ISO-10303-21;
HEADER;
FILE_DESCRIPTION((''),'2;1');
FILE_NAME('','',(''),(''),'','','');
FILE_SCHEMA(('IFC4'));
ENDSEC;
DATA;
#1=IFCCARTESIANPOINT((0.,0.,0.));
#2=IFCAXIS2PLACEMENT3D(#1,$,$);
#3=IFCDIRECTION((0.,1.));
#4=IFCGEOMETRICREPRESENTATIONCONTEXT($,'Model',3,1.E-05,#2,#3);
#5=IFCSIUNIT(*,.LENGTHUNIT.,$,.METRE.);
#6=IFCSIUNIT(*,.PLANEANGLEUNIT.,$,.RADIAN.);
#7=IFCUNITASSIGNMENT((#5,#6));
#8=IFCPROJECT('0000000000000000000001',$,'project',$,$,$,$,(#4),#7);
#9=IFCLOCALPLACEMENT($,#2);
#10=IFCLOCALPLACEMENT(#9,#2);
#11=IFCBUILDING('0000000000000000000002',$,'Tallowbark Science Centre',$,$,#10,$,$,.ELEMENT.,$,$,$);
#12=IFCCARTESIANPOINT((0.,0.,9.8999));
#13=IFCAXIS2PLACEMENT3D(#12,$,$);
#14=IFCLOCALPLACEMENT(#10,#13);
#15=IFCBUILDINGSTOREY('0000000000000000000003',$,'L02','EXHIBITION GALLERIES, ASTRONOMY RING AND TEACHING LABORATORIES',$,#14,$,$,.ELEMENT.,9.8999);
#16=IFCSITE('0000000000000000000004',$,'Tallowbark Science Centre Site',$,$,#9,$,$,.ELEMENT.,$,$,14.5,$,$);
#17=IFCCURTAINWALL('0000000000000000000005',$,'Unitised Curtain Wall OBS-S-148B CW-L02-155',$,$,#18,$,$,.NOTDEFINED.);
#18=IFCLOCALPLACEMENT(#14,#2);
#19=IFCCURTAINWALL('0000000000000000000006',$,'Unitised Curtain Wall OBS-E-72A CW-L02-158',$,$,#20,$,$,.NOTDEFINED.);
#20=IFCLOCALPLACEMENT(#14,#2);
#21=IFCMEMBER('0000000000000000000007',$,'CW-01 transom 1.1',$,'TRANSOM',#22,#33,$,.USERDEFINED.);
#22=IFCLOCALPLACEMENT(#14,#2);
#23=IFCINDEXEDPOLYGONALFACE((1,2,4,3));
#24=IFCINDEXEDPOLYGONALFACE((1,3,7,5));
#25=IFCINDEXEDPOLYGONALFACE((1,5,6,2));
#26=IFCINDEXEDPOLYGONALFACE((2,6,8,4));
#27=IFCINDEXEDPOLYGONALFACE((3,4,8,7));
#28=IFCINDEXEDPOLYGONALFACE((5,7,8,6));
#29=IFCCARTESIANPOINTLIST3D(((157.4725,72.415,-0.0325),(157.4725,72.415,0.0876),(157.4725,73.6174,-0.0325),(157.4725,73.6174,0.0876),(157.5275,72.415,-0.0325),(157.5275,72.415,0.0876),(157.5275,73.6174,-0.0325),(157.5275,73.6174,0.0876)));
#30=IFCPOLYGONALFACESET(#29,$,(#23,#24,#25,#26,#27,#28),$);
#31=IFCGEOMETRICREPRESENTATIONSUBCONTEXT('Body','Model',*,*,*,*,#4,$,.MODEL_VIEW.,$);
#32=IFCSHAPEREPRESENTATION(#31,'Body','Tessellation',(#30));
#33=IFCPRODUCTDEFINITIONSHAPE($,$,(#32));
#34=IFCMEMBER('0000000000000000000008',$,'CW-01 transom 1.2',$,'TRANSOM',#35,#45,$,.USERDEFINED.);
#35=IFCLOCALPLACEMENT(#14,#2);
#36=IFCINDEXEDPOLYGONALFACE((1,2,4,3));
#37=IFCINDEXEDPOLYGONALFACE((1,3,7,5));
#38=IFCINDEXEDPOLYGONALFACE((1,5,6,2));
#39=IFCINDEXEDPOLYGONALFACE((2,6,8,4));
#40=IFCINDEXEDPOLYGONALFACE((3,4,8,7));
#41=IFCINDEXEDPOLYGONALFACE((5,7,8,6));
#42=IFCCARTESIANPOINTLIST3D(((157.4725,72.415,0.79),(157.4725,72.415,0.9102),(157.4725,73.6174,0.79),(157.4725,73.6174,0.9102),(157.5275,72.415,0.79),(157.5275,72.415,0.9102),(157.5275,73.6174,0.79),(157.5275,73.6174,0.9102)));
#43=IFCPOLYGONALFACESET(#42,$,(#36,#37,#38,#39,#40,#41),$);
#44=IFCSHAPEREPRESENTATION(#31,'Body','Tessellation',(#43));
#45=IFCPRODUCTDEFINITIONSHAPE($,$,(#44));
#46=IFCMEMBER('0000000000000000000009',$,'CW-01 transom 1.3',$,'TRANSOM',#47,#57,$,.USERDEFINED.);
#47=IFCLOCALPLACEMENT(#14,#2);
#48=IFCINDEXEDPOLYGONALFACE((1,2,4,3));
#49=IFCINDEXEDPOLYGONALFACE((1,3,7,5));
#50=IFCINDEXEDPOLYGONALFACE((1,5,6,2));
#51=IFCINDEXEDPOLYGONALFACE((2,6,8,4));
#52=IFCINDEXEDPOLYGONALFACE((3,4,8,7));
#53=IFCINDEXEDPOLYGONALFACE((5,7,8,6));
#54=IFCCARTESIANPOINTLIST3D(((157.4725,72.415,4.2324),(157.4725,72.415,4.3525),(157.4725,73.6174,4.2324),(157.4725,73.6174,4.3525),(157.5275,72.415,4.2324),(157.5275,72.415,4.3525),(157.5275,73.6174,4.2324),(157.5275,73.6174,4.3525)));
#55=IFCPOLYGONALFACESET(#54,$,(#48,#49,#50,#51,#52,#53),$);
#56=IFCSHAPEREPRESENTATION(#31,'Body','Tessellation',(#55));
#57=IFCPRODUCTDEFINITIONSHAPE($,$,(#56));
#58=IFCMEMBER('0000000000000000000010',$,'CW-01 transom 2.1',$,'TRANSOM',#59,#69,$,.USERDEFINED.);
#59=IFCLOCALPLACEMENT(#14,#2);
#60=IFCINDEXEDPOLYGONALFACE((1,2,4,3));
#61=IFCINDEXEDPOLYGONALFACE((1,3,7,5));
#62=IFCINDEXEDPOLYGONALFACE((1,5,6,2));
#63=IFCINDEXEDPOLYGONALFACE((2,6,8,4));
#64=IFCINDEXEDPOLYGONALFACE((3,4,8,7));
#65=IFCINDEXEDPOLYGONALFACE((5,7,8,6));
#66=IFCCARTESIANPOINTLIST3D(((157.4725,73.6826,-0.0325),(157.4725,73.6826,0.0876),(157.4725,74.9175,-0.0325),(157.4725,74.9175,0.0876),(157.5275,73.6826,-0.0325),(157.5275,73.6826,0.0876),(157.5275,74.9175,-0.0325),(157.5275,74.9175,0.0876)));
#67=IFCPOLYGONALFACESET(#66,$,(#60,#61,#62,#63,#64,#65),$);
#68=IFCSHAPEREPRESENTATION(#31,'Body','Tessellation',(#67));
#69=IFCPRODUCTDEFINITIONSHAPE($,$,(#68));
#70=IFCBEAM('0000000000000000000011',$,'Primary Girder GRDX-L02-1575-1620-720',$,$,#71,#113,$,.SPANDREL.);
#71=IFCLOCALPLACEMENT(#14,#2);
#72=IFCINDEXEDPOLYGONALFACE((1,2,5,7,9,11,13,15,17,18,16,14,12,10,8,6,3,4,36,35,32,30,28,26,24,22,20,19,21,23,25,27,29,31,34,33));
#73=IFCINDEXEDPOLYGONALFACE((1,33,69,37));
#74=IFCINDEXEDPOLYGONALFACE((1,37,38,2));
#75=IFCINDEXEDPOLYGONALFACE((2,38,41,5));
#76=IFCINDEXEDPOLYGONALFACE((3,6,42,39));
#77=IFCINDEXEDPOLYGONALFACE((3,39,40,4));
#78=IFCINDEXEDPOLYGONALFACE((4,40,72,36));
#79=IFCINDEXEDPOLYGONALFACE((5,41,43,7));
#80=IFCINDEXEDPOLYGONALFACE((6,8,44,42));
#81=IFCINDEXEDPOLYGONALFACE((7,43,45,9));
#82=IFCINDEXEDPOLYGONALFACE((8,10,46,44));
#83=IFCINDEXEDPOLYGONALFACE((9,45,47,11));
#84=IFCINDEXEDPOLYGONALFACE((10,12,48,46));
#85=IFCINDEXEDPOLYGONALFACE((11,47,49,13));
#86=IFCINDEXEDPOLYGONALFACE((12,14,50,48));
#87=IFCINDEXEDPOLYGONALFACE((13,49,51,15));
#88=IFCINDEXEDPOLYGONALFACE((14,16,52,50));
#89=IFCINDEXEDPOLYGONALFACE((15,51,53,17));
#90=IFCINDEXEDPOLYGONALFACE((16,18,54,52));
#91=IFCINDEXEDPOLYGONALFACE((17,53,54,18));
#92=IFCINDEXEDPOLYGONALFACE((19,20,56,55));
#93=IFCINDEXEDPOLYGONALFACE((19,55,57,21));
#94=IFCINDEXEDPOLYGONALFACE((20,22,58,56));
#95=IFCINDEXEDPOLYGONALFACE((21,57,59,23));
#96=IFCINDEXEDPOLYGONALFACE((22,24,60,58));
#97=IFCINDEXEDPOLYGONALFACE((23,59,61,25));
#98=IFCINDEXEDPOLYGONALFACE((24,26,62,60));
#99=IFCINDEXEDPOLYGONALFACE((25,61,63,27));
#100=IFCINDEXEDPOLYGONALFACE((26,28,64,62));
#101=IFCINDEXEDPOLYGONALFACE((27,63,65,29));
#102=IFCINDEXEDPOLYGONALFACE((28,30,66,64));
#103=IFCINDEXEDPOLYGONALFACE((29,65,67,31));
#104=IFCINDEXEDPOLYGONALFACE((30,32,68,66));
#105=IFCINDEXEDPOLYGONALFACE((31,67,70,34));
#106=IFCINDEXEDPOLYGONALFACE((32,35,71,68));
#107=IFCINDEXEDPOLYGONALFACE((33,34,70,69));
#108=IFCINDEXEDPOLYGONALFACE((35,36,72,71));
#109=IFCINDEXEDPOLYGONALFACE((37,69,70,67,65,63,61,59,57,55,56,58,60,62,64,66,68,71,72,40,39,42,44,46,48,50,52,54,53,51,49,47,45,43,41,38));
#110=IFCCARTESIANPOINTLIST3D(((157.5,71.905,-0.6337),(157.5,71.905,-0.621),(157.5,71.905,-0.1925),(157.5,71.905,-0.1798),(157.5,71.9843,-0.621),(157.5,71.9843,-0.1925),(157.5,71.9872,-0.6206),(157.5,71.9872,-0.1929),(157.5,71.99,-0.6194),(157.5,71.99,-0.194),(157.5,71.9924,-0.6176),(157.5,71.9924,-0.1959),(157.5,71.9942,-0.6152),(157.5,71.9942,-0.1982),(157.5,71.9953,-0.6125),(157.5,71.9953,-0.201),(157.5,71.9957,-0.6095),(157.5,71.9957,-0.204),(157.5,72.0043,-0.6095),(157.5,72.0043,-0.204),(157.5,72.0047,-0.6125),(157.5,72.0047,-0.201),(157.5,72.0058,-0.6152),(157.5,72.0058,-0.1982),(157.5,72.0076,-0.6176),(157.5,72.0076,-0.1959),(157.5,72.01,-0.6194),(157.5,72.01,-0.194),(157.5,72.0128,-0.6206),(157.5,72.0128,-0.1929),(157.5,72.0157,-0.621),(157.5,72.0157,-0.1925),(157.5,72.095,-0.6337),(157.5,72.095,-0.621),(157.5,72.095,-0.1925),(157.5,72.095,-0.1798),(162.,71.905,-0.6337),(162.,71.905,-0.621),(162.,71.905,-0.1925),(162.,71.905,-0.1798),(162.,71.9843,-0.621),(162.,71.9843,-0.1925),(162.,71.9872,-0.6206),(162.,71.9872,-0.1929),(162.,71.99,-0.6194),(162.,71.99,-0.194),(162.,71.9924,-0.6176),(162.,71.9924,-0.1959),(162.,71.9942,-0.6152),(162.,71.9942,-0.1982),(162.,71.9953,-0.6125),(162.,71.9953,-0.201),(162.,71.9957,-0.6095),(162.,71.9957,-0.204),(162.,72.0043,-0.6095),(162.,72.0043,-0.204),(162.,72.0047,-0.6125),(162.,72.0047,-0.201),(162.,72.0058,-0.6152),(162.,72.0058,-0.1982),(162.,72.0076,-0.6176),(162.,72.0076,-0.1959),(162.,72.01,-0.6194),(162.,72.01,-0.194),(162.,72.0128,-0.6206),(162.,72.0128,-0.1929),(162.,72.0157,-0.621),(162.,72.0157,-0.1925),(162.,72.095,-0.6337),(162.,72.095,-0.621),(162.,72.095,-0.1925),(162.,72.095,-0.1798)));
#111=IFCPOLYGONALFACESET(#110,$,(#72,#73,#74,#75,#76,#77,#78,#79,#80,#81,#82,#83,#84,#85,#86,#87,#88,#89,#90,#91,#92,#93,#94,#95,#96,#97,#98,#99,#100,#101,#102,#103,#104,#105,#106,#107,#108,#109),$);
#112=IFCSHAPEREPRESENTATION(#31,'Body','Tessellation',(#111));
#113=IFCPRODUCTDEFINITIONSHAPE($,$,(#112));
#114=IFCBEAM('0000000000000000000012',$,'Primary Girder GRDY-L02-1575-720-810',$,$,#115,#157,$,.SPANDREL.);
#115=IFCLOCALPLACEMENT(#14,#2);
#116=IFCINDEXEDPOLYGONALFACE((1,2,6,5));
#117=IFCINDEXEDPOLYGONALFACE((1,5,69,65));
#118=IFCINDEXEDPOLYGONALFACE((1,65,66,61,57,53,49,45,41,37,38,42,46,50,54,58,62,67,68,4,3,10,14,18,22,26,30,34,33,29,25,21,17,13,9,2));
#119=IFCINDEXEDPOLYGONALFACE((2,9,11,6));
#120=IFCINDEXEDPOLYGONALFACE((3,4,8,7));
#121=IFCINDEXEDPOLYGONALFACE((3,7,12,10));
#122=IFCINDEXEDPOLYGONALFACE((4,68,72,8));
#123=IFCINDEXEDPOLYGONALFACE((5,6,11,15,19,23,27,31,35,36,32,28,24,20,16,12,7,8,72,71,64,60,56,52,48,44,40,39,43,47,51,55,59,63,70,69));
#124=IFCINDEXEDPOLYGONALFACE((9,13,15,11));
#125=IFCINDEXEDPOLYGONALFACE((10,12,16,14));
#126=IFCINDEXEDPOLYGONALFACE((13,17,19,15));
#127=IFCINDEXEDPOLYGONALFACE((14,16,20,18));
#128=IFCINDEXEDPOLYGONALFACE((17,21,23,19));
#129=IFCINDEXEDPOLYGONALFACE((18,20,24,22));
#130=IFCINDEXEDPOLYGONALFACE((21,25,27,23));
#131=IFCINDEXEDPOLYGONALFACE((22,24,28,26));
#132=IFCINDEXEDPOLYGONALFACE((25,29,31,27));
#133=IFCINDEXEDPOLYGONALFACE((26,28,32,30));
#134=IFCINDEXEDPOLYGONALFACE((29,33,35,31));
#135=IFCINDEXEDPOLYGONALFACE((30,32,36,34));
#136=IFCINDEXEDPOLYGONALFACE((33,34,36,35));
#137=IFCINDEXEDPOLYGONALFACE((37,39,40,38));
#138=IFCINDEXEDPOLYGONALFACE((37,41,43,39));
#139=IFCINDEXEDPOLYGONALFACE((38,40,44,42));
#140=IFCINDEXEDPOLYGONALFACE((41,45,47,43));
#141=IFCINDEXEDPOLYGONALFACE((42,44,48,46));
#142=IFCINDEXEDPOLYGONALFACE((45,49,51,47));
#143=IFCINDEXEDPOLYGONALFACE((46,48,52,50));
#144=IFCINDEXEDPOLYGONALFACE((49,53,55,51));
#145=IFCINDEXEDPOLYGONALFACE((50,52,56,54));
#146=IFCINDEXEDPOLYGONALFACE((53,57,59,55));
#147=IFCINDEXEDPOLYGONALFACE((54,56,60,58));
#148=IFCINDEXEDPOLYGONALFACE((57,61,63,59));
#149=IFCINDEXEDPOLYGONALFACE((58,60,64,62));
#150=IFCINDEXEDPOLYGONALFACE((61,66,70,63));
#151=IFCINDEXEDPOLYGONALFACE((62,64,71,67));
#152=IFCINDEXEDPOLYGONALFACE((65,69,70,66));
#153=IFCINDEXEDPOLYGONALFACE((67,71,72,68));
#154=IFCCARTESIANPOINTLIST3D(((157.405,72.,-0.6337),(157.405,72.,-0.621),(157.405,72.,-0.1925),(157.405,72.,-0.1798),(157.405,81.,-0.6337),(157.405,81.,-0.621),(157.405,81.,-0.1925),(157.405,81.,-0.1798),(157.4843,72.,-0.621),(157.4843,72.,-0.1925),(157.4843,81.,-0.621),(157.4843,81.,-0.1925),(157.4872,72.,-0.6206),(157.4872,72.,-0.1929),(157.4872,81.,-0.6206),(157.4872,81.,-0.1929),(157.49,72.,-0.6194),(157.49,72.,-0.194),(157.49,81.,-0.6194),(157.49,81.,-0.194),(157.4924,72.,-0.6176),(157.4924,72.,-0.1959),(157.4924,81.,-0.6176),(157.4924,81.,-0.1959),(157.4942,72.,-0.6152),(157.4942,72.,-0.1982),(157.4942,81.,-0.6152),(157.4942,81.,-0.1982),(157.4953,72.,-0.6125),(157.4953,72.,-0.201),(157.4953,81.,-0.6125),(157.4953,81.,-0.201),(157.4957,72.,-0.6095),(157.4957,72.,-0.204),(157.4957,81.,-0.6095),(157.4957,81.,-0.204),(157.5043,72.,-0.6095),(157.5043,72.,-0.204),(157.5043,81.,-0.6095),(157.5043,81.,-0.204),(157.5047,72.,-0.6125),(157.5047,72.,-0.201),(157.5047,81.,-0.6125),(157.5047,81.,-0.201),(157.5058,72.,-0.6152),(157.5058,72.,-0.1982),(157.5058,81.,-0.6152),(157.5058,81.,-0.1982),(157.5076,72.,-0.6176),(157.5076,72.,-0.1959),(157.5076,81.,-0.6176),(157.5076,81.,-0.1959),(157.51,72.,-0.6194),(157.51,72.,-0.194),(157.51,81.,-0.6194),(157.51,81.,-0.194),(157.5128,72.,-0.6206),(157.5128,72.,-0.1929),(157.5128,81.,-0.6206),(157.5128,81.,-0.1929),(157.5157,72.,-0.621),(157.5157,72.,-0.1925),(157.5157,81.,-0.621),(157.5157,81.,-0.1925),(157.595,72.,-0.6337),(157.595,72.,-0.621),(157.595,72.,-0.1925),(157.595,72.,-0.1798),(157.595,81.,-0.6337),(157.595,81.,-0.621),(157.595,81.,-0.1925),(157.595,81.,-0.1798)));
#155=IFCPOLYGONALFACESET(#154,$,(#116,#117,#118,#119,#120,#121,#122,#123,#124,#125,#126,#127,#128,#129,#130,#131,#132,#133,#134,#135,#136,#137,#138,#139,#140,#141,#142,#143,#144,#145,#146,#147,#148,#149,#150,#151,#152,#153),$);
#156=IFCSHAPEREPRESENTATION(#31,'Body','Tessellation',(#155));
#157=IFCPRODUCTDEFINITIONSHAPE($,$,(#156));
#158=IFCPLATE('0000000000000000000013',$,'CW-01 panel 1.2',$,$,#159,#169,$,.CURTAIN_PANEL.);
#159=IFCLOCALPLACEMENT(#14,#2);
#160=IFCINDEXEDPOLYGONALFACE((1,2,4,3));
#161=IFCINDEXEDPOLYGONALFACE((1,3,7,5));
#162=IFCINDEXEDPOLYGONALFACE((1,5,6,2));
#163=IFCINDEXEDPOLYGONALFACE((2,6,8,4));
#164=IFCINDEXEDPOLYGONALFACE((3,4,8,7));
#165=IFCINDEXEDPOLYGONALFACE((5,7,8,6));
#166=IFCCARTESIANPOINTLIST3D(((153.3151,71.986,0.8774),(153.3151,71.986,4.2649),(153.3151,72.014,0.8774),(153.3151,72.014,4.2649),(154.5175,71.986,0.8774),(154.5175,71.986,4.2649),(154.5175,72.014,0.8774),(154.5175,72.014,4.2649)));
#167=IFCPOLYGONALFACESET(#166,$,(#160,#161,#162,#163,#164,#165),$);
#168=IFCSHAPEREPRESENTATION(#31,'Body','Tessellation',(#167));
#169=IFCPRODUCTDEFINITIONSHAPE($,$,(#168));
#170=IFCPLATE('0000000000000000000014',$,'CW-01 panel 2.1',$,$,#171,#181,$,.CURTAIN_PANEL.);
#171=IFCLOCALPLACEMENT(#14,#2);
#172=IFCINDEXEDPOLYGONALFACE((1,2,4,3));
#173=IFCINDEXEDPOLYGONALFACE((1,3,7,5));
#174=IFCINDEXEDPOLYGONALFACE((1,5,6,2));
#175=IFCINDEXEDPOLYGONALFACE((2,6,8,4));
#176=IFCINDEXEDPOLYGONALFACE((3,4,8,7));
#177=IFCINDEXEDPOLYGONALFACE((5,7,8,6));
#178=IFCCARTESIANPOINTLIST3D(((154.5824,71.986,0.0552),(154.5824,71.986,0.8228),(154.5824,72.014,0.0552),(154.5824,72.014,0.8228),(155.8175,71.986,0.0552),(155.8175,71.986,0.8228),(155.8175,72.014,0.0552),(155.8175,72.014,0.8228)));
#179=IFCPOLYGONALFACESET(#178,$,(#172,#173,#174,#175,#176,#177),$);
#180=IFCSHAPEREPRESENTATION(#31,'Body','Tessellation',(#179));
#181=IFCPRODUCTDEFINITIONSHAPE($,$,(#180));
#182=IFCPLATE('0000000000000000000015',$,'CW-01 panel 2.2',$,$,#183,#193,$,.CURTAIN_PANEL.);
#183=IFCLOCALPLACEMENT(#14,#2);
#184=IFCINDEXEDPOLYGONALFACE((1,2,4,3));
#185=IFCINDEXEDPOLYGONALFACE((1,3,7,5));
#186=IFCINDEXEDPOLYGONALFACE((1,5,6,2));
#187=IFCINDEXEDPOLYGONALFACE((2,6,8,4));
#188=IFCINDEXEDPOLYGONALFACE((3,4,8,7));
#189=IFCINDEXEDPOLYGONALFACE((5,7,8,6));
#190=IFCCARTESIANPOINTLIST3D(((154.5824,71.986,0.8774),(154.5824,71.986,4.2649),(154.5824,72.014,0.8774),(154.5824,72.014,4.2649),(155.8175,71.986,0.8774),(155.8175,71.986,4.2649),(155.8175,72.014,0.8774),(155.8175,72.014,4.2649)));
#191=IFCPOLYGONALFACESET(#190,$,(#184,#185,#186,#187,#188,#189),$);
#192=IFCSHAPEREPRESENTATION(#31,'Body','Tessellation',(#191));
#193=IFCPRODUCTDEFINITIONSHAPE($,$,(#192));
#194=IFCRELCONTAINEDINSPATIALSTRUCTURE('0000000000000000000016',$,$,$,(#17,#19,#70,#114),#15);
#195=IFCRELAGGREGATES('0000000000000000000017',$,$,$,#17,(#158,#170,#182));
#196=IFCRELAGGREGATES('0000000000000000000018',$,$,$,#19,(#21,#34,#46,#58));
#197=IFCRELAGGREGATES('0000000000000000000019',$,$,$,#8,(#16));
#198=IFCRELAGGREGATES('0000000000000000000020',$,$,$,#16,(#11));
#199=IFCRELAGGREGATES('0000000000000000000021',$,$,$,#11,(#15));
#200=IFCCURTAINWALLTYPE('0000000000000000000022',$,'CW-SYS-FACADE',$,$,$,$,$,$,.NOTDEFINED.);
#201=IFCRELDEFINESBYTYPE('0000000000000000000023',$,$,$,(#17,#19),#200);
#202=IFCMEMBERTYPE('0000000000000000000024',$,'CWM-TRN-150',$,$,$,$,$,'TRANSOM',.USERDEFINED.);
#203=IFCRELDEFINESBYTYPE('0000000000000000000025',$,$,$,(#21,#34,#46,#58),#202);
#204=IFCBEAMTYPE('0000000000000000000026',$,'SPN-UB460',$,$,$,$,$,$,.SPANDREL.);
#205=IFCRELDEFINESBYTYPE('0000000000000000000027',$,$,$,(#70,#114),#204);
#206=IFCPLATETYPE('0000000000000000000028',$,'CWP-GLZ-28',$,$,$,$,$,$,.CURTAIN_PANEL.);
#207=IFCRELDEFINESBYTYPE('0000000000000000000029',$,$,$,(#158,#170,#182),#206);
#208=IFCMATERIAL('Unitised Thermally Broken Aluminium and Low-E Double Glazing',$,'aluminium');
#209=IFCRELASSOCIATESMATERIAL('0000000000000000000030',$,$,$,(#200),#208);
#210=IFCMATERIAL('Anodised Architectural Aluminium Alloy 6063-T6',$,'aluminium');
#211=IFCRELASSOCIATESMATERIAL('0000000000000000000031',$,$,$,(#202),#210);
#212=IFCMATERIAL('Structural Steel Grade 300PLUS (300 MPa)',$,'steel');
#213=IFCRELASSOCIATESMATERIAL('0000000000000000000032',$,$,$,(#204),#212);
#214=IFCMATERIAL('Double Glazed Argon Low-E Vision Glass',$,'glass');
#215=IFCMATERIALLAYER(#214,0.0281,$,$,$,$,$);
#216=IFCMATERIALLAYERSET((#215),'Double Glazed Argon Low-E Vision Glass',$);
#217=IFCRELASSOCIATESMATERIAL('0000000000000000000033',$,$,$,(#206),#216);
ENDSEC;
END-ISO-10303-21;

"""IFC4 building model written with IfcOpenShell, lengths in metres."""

from ifc_helpers import new_model, si_unit, direction, frame, origin, origin_2d, place, context, subcontext, project, spatial, rectangle, i_section, extrude, material, layer, layer_set, material_profile, profile_set, type_object, element, aggregate, save


model = new_model("IFC4")

# Units and contexts
model_context = context("Model", 3, precision=1e-05, world=origin(), true_north=direction((0.0, 1.0)))
body_context = subcontext(model_context, "Body", "Model", "MODEL_VIEW")
ifc_project = project(units=[si_unit("LENGTHUNIT", "METRE"), si_unit("PLANEANGLEUNIT", "RADIAN")], contexts=[model_context])

# Site, building, storey
site_placement = place(None, origin())
site = spatial("IfcSite", under=ifc_project, at=site_placement, Name="Tallowbark Science Centre Site", CompositionType="ELEMENT", RefElevation=14.5)
building_placement = place(site_placement, origin())
building = spatial("IfcBuilding", under=site, at=building_placement, Name="Tallowbark Science Centre", CompositionType="ELEMENT")
storey_placement = place(building_placement, frame((0.0, 0.0, 9.8999)))
storey = spatial("IfcBuildingStorey", under=building, at=storey_placement, Name="L02", Description="EXHIBITION GALLERIES, ASTRONOMY RING AND TEACHING LABORATORIES", CompositionType="ELEMENT", Elevation=9.8999)

# Shared definitions
ifc_material_1 = material(Name="Structural Steel Grade 300PLUS (300 MPa)", Category="steel")

# Curtain walls
ifc_material_2 = material(Name="Unitised Thermally Broken Aluminium and Low-E Double Glazing", Category="aluminium")
curtain_wall_type = type_object("IfcCurtainWallType", Name="CW-SYS-FACADE", PredefinedType="NOTDEFINED", material=ifc_material_2)
curtain_wall_1_placement = place(storey_placement, origin())
curtain_wall_1 = element("IfcCurtainWall", 1, at=curtain_wall_1_placement, inside=storey, type_object=curtain_wall_type, Name="Unitised Curtain Wall OBS-S-148B CW-L02-155", PredefinedType="NOTDEFINED")
ifc_material_3 = material(Name="Anodised Architectural Aluminium Alloy 6063-T6", Category="aluminium")
curtain_wall_2_placement = place(storey_placement, origin())
curtain_wall_2 = element("IfcCurtainWall", 2, at=curtain_wall_2_placement, inside=storey, type_object=curtain_wall_type, Name="Unitised Curtain Wall OBS-E-72A CW-L02-158", PredefinedType="NOTDEFINED")

# Members
ifc_material_profile_1 = material_profile(ifc_material_3, rectangle(XDim=0.0549, YDim=0.1201, at=origin_2d()), Name="ALU55x120")
ifc_profile_set_1 = profile_set([ifc_material_profile_1], Name="Anodised Architectural Aluminium Alloy 6063-T6")
member_type_1 = type_object("IfcMemberType", Name="CWM-TRN-150", ElementType="TRANSOM", PredefinedType="USERDEFINED", material=ifc_profile_set_1)
member_1_placement = place(storey_placement, frame((157.5, 72.415, 0.0276), z_axis=(0.0, 1.0, 0.0), x_axis=(-1.0, 0.0, 0.0)))
member_1 = element("IfcMember", 3, at=member_1_placement, type_object=member_type_1, Name="CW-01 transom 1.1", ObjectType="TRANSOM", PredefinedType="USERDEFINED", context=body_context, shape_type="SweptSolid", body=[
    extrude(rectangle(XDim=0.0549, YDim=0.1201, at=origin_2d()), origin(), (0.0, 0.0, 1.0), 1.2024),
])
member_2_placement = place(storey_placement, frame((157.5, 72.415, 0.8501), z_axis=(0.0, 1.0, 0.0), x_axis=(-1.0, 0.0, 0.0)))
member_2 = element("IfcMember", 4, at=member_2_placement, type_object=member_type_1, Name="CW-01 transom 1.2", ObjectType="TRANSOM", PredefinedType="USERDEFINED", context=body_context, shape_type="SweptSolid", body=[
    extrude(rectangle(XDim=0.0549, YDim=0.1201, at=origin_2d()), origin(), (0.0, 0.0, 1.0), 1.2024),
])
member_3_placement = place(storey_placement, frame((157.5, 72.415, 4.2925), z_axis=(0.0, 1.0, 0.0), x_axis=(-1.0, 0.0, 0.0)))
member_3 = element("IfcMember", 5, at=member_3_placement, type_object=member_type_1, Name="CW-01 transom 1.3", ObjectType="TRANSOM", PredefinedType="USERDEFINED", context=body_context, shape_type="SweptSolid", body=[
    extrude(rectangle(XDim=0.0549, YDim=0.1201, at=origin_2d()), origin(), (0.0, 0.0, 1.0), 1.2024),
])
member_4_placement = place(storey_placement, frame((157.5, 73.6826, 0.0276), z_axis=(0.0, 1.0, 0.0), x_axis=(-1.0, 0.0, 0.0)))
member_4 = element("IfcMember", 6, at=member_4_placement, type_object=member_type_1, Name="CW-01 transom 2.1", ObjectType="TRANSOM", PredefinedType="USERDEFINED", context=body_context, shape_type="SweptSolid", body=[
    extrude(rectangle(XDim=0.0549, YDim=0.1201, at=origin_2d()), origin(), (0.0, 0.0, 1.0), 1.2349),
])

# Beams
ifc_material_profile_2 = material_profile(ifc_material_1, i_section(OverallWidth=0.1899, OverallDepth=0.4539, WebThickness=0.0085, FlangeThickness=0.0127, FilletRadius=0.0115, at=origin_2d()), Name="460UB67.1")
ifc_profile_set_2 = profile_set([ifc_material_profile_2], Name="Structural Steel Grade 300PLUS (300 MPa)")
beam_type = type_object("IfcBeamType", Name="SPN-UB460", PredefinedType="SPANDREL", material=ifc_profile_set_2)
beam_1_placement = place(storey_placement, frame((157.5, 72.0, -0.4067), z_axis=(1.0, 0.0, 0.0), x_axis=(0.0, 1.0, 0.0)))
element("IfcBeam", 7, at=beam_1_placement, inside=storey, type_object=beam_type, Name="Primary Girder GRDX-L02-1575-1620-720", PredefinedType="SPANDREL", context=body_context, shape_type="SweptSolid", body=[
    extrude(i_section(OverallWidth=0.1899, OverallDepth=0.4539, WebThickness=0.0085, FlangeThickness=0.0127, FilletRadius=0.0115, at=origin_2d()), origin(), (0.0, 0.0, 1.0), 4.5),
])
beam_2_placement = place(storey_placement, frame((157.5, 72.0, -0.4067), z_axis=(0.0, 1.0, 0.0), x_axis=(-1.0, 0.0, 0.0)))
element("IfcBeam", 8, at=beam_2_placement, inside=storey, type_object=beam_type, Name="Primary Girder GRDY-L02-1575-720-810", PredefinedType="SPANDREL", context=body_context, shape_type="SweptSolid", body=[
    extrude(i_section(OverallWidth=0.1899, OverallDepth=0.4539, WebThickness=0.0085, FlangeThickness=0.0127, FilletRadius=0.0115, at=origin_2d()), origin(), (0.0, 0.0, 1.0), 9.0),
])

# Plates
ifc_material_4 = material(Name="Double Glazed Argon Low-E Vision Glass", Category="glass")
ifc_layer = layer(ifc_material_4, 0.0281)
ifc_layer_set = layer_set([ifc_layer], Name="Double Glazed Argon Low-E Vision Glass")
plate_type = type_object("IfcPlateType", Name="CWP-GLZ-28", PredefinedType="CURTAIN_PANEL", material=ifc_layer_set)
plate_1_placement = place(storey_placement, frame((153.9163, 72.0, 0.8774), z_axis=(0.0, 0.0, 1.0), x_axis=(1.0, 0.0, 0.0)))
plate_1 = element("IfcPlate", 9, at=plate_1_placement, type_object=plate_type, Name="CW-01 panel 1.2", PredefinedType="CURTAIN_PANEL", context=body_context, shape_type="SweptSolid", body=[
    extrude(rectangle(XDim=1.2024, YDim=0.0281, at=origin_2d()), origin(), (0.0, 0.0, 1.0), 3.3875),
])
plate_2_placement = place(storey_placement, frame((155.2, 72.0, 0.0552), z_axis=(0.0, 0.0, 1.0), x_axis=(1.0, 0.0, 0.0)))
plate_2 = element("IfcPlate", 10, at=plate_2_placement, type_object=plate_type, Name="CW-01 panel 2.1", PredefinedType="CURTAIN_PANEL", context=body_context, shape_type="SweptSolid", body=[
    extrude(rectangle(XDim=1.2351, YDim=0.0281, at=origin_2d()), origin(), (0.0, 0.0, 1.0), 0.7676),
])
plate_3_placement = place(storey_placement, frame((155.2, 72.0, 0.8774), z_axis=(0.0, 0.0, 1.0), x_axis=(1.0, 0.0, 0.0)))
plate_3 = element("IfcPlate", 11, at=plate_3_placement, type_object=plate_type, Name="CW-01 panel 2.2", PredefinedType="CURTAIN_PANEL", context=body_context, shape_type="SweptSolid", body=[
    extrude(rectangle(XDim=1.2351, YDim=0.0281, at=origin_2d()), origin(), (0.0, 0.0, 1.0), 3.3875),
])
aggregate(curtain_wall_1, [plate_1, plate_2, plate_3])
aggregate(curtain_wall_2, [member_1, member_2, member_3, member_4])

save(model, "model.ifc")
